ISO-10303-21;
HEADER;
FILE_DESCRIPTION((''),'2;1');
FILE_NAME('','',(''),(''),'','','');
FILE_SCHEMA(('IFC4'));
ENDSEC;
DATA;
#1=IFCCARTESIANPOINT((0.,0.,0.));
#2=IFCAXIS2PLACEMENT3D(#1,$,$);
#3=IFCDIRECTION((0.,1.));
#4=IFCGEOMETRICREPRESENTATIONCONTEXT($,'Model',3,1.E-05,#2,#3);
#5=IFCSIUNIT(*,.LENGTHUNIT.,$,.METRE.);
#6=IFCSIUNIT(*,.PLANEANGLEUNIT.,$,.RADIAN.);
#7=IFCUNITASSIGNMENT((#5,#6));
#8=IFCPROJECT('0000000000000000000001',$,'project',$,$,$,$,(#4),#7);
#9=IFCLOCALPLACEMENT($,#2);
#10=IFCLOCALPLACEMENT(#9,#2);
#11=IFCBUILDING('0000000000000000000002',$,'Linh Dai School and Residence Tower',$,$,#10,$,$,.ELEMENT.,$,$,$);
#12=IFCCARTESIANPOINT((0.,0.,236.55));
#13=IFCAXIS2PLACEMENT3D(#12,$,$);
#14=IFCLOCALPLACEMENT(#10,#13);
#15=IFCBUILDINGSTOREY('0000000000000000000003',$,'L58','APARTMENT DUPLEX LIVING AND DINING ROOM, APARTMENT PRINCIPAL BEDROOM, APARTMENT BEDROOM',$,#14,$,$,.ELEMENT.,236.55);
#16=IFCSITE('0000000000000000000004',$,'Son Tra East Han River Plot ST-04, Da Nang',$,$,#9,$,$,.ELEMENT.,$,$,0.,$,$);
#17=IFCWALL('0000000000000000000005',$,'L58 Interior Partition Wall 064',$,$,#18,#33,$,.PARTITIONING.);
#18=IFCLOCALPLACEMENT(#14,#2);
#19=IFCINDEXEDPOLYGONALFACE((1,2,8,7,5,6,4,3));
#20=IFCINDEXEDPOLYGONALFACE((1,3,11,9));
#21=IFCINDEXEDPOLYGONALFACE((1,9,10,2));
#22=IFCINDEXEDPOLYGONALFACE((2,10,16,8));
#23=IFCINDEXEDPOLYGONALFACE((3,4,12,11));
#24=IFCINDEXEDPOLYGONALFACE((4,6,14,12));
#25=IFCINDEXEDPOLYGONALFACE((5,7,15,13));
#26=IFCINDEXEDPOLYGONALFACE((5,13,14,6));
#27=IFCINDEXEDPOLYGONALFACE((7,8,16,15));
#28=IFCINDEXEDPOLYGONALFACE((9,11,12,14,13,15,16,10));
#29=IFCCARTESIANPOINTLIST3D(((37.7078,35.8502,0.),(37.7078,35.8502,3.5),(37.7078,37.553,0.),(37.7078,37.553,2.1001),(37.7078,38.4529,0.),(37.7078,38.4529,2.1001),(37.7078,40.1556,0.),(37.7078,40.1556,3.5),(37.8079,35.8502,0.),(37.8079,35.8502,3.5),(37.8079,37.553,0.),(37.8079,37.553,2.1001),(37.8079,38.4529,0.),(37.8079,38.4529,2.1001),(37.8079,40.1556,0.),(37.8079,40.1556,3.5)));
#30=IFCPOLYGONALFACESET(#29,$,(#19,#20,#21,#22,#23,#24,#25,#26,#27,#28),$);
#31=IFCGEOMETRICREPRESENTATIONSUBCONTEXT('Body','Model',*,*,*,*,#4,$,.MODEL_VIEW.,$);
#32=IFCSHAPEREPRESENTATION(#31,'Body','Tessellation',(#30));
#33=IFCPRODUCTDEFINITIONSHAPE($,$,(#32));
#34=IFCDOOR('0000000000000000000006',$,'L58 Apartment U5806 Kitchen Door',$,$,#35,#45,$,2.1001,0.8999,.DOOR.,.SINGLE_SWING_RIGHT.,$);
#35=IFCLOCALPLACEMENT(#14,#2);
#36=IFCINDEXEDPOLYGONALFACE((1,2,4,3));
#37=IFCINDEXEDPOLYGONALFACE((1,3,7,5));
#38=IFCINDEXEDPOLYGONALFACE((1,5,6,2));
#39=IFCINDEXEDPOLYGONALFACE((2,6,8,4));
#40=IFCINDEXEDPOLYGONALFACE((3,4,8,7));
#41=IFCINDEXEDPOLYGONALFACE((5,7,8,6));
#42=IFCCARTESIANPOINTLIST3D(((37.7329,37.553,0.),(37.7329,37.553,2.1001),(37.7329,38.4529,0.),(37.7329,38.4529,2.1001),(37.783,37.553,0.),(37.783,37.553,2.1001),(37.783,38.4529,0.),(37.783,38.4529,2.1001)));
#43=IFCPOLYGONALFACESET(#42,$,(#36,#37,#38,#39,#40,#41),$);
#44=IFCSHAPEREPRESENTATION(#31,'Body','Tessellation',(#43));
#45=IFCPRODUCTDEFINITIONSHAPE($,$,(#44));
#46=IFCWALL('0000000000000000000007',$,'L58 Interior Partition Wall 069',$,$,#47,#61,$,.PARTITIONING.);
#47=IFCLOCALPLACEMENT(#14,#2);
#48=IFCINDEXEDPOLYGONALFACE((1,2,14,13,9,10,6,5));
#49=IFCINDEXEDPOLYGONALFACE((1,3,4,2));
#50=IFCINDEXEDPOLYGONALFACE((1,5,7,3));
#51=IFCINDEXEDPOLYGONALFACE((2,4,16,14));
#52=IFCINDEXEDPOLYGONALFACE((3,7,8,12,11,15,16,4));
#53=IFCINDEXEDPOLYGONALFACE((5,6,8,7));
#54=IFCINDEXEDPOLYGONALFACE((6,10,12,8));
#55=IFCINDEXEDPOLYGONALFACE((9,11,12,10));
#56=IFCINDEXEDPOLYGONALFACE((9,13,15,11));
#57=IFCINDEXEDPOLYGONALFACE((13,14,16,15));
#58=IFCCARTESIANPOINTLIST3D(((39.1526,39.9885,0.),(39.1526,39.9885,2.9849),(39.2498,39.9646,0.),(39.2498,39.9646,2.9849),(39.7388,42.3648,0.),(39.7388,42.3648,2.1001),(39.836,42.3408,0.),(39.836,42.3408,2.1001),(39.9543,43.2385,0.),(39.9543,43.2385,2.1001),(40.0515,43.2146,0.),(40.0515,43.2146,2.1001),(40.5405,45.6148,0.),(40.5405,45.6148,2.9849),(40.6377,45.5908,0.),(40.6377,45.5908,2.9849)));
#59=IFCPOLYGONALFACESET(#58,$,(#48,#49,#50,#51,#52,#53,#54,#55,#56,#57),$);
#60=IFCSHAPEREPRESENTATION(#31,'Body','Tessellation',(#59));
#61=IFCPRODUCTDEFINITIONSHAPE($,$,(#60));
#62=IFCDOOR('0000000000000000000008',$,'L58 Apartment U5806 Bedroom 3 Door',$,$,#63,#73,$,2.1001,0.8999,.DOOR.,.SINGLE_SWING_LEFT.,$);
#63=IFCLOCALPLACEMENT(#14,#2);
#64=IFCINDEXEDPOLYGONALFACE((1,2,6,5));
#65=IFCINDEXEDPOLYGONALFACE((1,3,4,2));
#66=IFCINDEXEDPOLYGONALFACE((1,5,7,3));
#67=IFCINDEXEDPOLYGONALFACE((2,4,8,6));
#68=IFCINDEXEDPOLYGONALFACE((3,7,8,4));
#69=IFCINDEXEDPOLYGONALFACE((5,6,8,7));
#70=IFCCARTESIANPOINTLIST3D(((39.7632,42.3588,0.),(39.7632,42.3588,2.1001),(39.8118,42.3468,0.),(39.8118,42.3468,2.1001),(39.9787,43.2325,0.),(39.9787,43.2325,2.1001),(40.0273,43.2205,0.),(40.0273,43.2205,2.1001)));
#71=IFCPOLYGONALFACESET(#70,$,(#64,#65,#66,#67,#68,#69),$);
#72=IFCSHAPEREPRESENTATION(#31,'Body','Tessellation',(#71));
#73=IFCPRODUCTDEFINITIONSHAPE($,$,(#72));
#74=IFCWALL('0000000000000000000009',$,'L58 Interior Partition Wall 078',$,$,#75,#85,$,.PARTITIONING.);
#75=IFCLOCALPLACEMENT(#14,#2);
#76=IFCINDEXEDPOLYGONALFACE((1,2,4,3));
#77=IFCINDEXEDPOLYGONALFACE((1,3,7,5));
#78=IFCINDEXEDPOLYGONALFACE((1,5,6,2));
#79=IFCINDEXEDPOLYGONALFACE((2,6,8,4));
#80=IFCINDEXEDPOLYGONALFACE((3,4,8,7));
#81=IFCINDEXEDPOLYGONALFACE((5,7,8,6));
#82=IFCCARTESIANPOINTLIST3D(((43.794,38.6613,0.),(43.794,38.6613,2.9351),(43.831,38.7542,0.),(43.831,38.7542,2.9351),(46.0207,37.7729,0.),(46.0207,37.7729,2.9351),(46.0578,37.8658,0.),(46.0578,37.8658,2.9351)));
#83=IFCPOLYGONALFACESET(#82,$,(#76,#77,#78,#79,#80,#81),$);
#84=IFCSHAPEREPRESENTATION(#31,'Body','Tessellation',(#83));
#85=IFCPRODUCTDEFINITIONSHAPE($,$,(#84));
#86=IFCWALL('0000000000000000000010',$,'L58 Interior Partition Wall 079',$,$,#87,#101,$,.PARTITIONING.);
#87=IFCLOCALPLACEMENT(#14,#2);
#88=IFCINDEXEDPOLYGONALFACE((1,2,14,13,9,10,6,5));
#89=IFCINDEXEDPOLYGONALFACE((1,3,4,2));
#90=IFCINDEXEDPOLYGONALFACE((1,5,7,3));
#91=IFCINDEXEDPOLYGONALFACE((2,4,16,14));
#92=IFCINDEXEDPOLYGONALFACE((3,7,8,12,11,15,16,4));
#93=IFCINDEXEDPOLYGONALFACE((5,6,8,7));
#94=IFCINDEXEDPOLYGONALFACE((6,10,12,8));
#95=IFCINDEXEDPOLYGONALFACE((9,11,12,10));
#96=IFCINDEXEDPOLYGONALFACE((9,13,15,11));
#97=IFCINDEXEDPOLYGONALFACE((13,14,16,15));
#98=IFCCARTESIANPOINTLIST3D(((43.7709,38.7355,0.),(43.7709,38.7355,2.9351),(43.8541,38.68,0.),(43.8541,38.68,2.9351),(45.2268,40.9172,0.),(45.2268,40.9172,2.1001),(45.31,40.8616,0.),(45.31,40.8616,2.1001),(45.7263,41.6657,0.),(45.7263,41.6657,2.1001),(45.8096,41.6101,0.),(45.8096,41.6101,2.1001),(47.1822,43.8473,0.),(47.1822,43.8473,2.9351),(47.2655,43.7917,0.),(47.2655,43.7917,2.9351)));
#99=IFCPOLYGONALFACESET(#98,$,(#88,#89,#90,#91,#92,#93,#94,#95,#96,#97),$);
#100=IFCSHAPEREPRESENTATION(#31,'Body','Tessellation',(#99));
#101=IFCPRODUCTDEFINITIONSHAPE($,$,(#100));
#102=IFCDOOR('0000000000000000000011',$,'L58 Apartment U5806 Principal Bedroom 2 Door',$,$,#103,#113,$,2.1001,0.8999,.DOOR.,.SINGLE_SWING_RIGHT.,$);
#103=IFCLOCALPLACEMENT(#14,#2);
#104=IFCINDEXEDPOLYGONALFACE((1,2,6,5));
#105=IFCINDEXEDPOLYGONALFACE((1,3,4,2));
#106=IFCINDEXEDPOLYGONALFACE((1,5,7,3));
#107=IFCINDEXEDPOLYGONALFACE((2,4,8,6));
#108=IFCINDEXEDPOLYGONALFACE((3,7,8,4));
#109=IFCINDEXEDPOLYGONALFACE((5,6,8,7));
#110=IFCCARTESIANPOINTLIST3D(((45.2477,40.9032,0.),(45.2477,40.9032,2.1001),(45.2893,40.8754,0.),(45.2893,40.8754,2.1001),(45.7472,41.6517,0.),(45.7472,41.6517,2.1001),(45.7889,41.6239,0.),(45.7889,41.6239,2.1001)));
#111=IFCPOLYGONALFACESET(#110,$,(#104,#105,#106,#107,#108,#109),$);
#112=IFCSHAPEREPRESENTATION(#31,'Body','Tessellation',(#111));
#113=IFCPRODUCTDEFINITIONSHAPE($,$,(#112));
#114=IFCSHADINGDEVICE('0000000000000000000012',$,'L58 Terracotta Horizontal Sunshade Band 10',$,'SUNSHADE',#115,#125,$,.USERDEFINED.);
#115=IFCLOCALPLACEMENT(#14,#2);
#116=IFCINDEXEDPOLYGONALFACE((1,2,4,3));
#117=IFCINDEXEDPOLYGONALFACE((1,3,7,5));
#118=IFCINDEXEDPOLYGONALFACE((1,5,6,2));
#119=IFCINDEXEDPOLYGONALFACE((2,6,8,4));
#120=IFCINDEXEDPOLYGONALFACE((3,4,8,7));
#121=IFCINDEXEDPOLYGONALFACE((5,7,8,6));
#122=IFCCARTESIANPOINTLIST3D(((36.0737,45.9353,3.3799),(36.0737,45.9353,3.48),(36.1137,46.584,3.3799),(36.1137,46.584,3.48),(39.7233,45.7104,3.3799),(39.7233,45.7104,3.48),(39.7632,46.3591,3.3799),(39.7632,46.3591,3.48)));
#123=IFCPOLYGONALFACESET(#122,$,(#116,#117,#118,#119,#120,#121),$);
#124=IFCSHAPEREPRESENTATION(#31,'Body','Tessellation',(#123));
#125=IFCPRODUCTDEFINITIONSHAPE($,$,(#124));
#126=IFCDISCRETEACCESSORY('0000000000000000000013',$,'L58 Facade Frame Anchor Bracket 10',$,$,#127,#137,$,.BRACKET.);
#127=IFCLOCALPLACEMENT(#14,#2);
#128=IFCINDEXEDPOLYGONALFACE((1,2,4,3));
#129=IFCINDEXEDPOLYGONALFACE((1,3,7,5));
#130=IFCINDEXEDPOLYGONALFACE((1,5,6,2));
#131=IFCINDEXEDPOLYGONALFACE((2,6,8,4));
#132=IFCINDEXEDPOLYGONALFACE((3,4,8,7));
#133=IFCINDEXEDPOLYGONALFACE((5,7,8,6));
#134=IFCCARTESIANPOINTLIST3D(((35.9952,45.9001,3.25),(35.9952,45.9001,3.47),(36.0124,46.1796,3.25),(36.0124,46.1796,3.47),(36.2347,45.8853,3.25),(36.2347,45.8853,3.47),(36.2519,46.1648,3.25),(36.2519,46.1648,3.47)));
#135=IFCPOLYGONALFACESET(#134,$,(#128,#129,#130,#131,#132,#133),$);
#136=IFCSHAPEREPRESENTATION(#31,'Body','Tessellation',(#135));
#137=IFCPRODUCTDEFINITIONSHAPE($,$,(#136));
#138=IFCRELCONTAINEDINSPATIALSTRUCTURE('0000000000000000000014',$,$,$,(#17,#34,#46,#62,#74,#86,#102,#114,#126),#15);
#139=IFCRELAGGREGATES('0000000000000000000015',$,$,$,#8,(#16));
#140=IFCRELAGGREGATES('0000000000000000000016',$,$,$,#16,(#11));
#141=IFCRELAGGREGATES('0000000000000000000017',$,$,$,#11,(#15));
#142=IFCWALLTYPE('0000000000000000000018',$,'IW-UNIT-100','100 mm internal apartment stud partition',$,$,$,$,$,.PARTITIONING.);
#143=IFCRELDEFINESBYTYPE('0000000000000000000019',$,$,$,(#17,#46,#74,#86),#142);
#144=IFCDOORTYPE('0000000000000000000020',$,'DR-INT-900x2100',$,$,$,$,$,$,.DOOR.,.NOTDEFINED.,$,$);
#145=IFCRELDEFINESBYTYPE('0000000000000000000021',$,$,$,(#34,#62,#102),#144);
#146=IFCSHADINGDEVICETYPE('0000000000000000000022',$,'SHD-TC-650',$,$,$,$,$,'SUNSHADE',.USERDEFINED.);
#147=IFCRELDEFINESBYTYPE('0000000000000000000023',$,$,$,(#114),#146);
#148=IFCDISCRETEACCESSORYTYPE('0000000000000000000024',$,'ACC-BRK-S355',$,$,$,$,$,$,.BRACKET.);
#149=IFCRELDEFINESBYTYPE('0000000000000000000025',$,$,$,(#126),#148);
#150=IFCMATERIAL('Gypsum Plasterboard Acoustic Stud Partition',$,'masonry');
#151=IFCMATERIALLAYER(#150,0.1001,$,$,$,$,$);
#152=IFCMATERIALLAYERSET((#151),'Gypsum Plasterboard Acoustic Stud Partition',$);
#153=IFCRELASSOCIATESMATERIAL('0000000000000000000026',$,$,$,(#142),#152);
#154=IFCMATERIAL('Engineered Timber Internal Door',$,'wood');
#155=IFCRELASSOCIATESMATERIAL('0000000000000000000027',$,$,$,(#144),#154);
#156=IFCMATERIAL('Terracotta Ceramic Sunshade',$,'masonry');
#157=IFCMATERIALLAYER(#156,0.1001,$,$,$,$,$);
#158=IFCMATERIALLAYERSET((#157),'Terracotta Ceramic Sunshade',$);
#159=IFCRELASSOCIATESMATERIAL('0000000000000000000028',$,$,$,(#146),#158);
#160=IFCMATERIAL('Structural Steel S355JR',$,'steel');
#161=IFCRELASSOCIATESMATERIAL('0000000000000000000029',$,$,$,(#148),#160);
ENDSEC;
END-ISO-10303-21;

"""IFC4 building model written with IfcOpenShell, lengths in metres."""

from ifc_helpers import new_model, si_unit, direction, frame, frame_2d, origin, origin_2d, place, context, subcontext, project, spatial, rectangle, extrude, source, transform, mapped, material, layer, layer_set, type_object, element, fill, save


model = new_model("IFC4")

# Units and contexts
model_context = context("Model", 3, precision=1e-05, world=origin(), true_north=direction((0.0, 1.0)))
body_context = subcontext(model_context, "Body", "Model", "MODEL_VIEW")
ifc_project = project(units=[si_unit("LENGTHUNIT", "METRE"), si_unit("PLANEANGLEUNIT", "RADIAN")], contexts=[model_context])

# Site, building, storey
site_placement = place(None, origin())
site = spatial("IfcSite", under=ifc_project, at=site_placement, Name="Son Tra East Han River Plot ST-04, Da Nang", CompositionType="ELEMENT", RefElevation=0.0)
building_placement = place(site_placement, origin())
building = spatial("IfcBuilding", under=site, at=building_placement, Name="Linh Dai School and Residence Tower", CompositionType="ELEMENT")
storey_placement = place(building_placement, frame((0.0, 0.0, 236.55)))
storey = spatial("IfcBuildingStorey", under=building, at=storey_placement, Name="L58", Description="APARTMENT DUPLEX LIVING AND DINING ROOM, APARTMENT PRINCIPAL BEDROOM, APARTMENT BEDROOM", CompositionType="ELEMENT", Elevation=236.55)

# Shared definitions
ifc_material_1 = material(Name="Structural Steel S355JR", Category="steel")

# Shared definitions
ifc_material_2 = material(Name="Gypsum Plasterboard Acoustic Stud Partition", Category="masonry")
ifc_layer_1 = layer(ifc_material_2, 0.1001)
ifc_layer_set_1 = layer_set([ifc_layer_1], Name="Gypsum Plasterboard Acoustic Stud Partition")
wall_type_1 = type_object("IfcWallType", Name="IW-UNIT-100", Description="100 mm internal apartment stud partition", PredefinedType="PARTITIONING", material=ifc_layer_set_1)

# Walls, openings, doors
wall_1_placement = place(storey_placement, frame((37.7578, 35.8501, 0.0), z_axis=(0.0, 0.0, 1.0), x_axis=(0.0, 1.0, 0.0)))
wall_1 = element("IfcWall", 1, at=wall_1_placement, inside=storey, type_object=wall_type_1, Name="L58 Interior Partition Wall 064", PredefinedType="PARTITIONING", context=body_context, shape_type="SweptSolid", body=[
    extrude(rectangle(XDim=4.3054, YDim=0.1001, at=frame_2d((2.1528, 0.0))), origin(), (0.0, 0.0, 1.0), 3.5),
])
opening_1_placement = place(wall_1_placement, frame((1.7029, 0.0, 0.0)))
opening_1 = element("IfcOpeningElement", 2, at=opening_1_placement, cuts=wall_1, PredefinedType="OPENING", context=body_context, shape_type="SweptSolid", body=[
    extrude(rectangle(XDim=0.8999, YDim=2.1001, at=origin_2d()), frame((0.45, 0.0601, 1.05), z_axis=(0.0, -1.0, 0.0), x_axis=(1.0, 0.0, 0.0)), (0.0, 0.0, 1.0), 0.1201),
])
ifc_material_3 = material(Name="Engineered Timber Internal Door", Category="wood")
door_type = type_object("IfcDoorType", Name="DR-INT-900x2100", OperationType="NOTDEFINED", PredefinedType="DOOR", material=ifc_material_3)
shared_shape_1 = source(origin(), body_context, "Body", "SweptSolid", [
    extrude(rectangle(XDim=0.8999, YDim=2.1001, at=origin_2d()), frame((0.45, 0.0249, 1.05), z_axis=(0.0, -1.0, 0.0), x_axis=(1.0, 0.0, 0.0)), (0.0, 0.0, 1.0), 0.05),
])
door_1_placement = place(opening_1_placement, origin())
door_1 = element("IfcDoor", 3, at=door_1_placement, inside=storey, type_object=door_type, Name="L58 Apartment U5806 Kitchen Door", OperationType="SINGLE_SWING_RIGHT", OverallHeight=2.1001, OverallWidth=0.8999, PredefinedType="DOOR", context=body_context, shape_type="MappedRepresentation", body=[
    mapped(shared_shape_1, transform((0.0, 0.0, 0.0), x_axis=(1.0, 0.0, 0.0), y_axis=(0.0, 1.0, 0.0), z_axis=(0.0, 0.0, 1.0), scale=1.0)),
])
fill(opening_1, door_1)
wall_2_placement = place(storey_placement, frame((39.2012, 39.9766, 0.0), z_axis=(0.0, 0.0, 1.0), x_axis=(0.239511, 0.970894, 0.0)))
wall_2 = element("IfcWall", 4, at=wall_2_placement, inside=storey, type_object=wall_type_1, Name="L58 Interior Partition Wall 069", PredefinedType="PARTITIONING", context=body_context, shape_type="SweptSolid", body=[
    extrude(rectangle(XDim=5.7949, YDim=0.1001, at=frame_2d((2.8975, 0.0))), origin(), (0.0, 0.0, 1.0), 2.9849),
])
opening_2_placement = place(wall_2_placement, frame((2.4475, 0.0, 0.0)))
opening_2 = element("IfcOpeningElement", 5, at=opening_2_placement, cuts=wall_2, PredefinedType="OPENING", context=body_context, shape_type="SweptSolid", body=[
    extrude(rectangle(XDim=0.8999, YDim=2.1001, at=origin_2d()), frame((0.45, 0.0601, 1.05), z_axis=(0.0, -1.0, 0.0), x_axis=(1.0, 0.0, 0.0)), (0.0, 0.0, 1.0), 0.1201),
])
door_2_placement = place(opening_2_placement, origin())
door_2 = element("IfcDoor", 6, at=door_2_placement, inside=storey, type_object=door_type, Name="L58 Apartment U5806 Bedroom 3 Door", OperationType="SINGLE_SWING_LEFT", OverallHeight=2.1001, OverallWidth=0.8999, PredefinedType="DOOR", context=body_context, shape_type="MappedRepresentation", body=[
    mapped(shared_shape_1, transform((0.0, 0.0, 0.0), x_axis=(1.0, 0.0, 0.0), y_axis=(0.0, 1.0, 0.0), z_axis=(0.0, 0.0, 1.0), scale=1.0)),
])
fill(opening_2, door_2)

# Wall
wall_3_placement = place(storey_placement, frame((43.8125, 38.7078, 0.0), z_axis=(0.0, 0.0, 1.0), x_axis=(0.928806, -0.370565, 0.0)))
element("IfcWall", 7, at=wall_3_placement, inside=storey, type_object=wall_type_1, Name="L58 Interior Partition Wall 078", PredefinedType="PARTITIONING", context=body_context, shape_type="SweptSolid", body=[
    extrude(rectangle(XDim=2.3975, YDim=0.1001, at=frame_2d((1.1987, 0.0))), origin(), (0.0, 0.0, 1.0), 2.9351),
])

# Wall, opening, door
wall_4_placement = place(storey_placement, frame((43.8125, 38.7078, 0.0), z_axis=(0.0, 0.0, 1.0), x_axis=(0.555094, 0.831787, 0.0)))
wall_4 = element("IfcWall", 8, at=wall_4_placement, inside=storey, type_object=wall_type_1, Name="L58 Interior Partition Wall 079", PredefinedType="PARTITIONING", context=body_context, shape_type="SweptSolid", body=[
    extrude(rectangle(XDim=6.1455, YDim=0.1001, at=frame_2d((3.0728, 0.0))), origin(), (0.0, 0.0, 1.0), 2.9351),
])
opening_3_placement = place(wall_4_placement, frame((2.6228, 0.0, 0.0)))
opening_3 = element("IfcOpeningElement", 9, at=opening_3_placement, cuts=wall_4, PredefinedType="OPENING", context=body_context, shape_type="SweptSolid", body=[
    extrude(rectangle(XDim=0.8999, YDim=2.1001, at=origin_2d()), frame((0.45, 0.0601, 1.05), z_axis=(0.0, -1.0, 0.0), x_axis=(1.0, 0.0, 0.0)), (0.0, 0.0, 1.0), 0.1201),
])
door_3_placement = place(opening_3_placement, origin())
door_3 = element("IfcDoor", 10, at=door_3_placement, inside=storey, type_object=door_type, Name="L58 Apartment U5806 Principal Bedroom 2 Door", OperationType="SINGLE_SWING_RIGHT", OverallHeight=2.1001, OverallWidth=0.8999, PredefinedType="DOOR", context=body_context, shape_type="MappedRepresentation", body=[
    mapped(shared_shape_1, transform((0.0, 0.0, 0.0), x_axis=(1.0, 0.0, 0.0), y_axis=(0.0, 1.0, 0.0), z_axis=(0.0, 0.0, 1.0), scale=1.0)),
])
fill(opening_3, door_3)

# Shading device
ifc_material_4 = material(Name="Terracotta Ceramic Sunshade", Category="masonry")
ifc_layer_2 = layer(ifc_material_4, 0.1001)
ifc_layer_set_2 = layer_set([ifc_layer_2], Name="Terracotta Ceramic Sunshade")
shading_device_type = type_object("IfcShadingDeviceType", Name="SHD-TC-650", ElementType="SUNSHADE", PredefinedType="USERDEFINED", material=ifc_layer_set_2)
shared_shape_2 = source(origin(), body_context, "Body", "SweptSolid", [
    extrude(rectangle(XDim=3.6565, YDim=0.6499, at=origin_2d()), origin(), (0.0, 0.0, 1.0), 0.1001),
])
shading_device_placement = place(storey_placement, frame((37.9185, 46.1472, 3.3799), z_axis=(0.0, 0.0, 1.0), x_axis=(0.998107, -0.061504, 0.0)))
element("IfcShadingDevice", 11, at=shading_device_placement, inside=storey, type_object=shading_device_type, Name="L58 Terracotta Horizontal Sunshade Band 10", ObjectType="SUNSHADE", PredefinedType="USERDEFINED", context=body_context, shape_type="MappedRepresentation", body=[
    mapped(shared_shape_2, transform((0.0, 0.0, 0.0), x_axis=(1.0, 0.0, 0.0), y_axis=(0.0, 1.0, 0.0), z_axis=(0.0, 0.0, 1.0), scale=1.0)),
])

# Discrete accessory
discrete_accessory_type = type_object("IfcDiscreteAccessoryType", Name="ACC-BRK-S355", PredefinedType="BRACKET", material=ifc_material_1)
shared_shape_3 = source(origin(), body_context, "Body", "SweptSolid", [
    extrude(rectangle(XDim=0.28, YDim=0.24, at=origin_2d()), origin(), (0.0, 0.0, 1.0), 0.22),
])
discrete_accessory_placement = place(storey_placement, frame((36.1235, 46.0325, 3.25), z_axis=(0.0, 0.0, 1.0), x_axis=(0.061504, 0.998107, 0.0)))
element("IfcDiscreteAccessory", 12, at=discrete_accessory_placement, inside=storey, type_object=discrete_accessory_type, Name="L58 Facade Frame Anchor Bracket 10", PredefinedType="BRACKET", context=body_context, shape_type="MappedRepresentation", body=[
    mapped(shared_shape_3, transform((0.0, 0.0, 0.0), x_axis=(1.0, 0.0, 0.0), y_axis=(0.0, 1.0, 0.0), z_axis=(0.0, 0.0, 1.0), scale=1.0)),
])

save(model, "model.ifc")
